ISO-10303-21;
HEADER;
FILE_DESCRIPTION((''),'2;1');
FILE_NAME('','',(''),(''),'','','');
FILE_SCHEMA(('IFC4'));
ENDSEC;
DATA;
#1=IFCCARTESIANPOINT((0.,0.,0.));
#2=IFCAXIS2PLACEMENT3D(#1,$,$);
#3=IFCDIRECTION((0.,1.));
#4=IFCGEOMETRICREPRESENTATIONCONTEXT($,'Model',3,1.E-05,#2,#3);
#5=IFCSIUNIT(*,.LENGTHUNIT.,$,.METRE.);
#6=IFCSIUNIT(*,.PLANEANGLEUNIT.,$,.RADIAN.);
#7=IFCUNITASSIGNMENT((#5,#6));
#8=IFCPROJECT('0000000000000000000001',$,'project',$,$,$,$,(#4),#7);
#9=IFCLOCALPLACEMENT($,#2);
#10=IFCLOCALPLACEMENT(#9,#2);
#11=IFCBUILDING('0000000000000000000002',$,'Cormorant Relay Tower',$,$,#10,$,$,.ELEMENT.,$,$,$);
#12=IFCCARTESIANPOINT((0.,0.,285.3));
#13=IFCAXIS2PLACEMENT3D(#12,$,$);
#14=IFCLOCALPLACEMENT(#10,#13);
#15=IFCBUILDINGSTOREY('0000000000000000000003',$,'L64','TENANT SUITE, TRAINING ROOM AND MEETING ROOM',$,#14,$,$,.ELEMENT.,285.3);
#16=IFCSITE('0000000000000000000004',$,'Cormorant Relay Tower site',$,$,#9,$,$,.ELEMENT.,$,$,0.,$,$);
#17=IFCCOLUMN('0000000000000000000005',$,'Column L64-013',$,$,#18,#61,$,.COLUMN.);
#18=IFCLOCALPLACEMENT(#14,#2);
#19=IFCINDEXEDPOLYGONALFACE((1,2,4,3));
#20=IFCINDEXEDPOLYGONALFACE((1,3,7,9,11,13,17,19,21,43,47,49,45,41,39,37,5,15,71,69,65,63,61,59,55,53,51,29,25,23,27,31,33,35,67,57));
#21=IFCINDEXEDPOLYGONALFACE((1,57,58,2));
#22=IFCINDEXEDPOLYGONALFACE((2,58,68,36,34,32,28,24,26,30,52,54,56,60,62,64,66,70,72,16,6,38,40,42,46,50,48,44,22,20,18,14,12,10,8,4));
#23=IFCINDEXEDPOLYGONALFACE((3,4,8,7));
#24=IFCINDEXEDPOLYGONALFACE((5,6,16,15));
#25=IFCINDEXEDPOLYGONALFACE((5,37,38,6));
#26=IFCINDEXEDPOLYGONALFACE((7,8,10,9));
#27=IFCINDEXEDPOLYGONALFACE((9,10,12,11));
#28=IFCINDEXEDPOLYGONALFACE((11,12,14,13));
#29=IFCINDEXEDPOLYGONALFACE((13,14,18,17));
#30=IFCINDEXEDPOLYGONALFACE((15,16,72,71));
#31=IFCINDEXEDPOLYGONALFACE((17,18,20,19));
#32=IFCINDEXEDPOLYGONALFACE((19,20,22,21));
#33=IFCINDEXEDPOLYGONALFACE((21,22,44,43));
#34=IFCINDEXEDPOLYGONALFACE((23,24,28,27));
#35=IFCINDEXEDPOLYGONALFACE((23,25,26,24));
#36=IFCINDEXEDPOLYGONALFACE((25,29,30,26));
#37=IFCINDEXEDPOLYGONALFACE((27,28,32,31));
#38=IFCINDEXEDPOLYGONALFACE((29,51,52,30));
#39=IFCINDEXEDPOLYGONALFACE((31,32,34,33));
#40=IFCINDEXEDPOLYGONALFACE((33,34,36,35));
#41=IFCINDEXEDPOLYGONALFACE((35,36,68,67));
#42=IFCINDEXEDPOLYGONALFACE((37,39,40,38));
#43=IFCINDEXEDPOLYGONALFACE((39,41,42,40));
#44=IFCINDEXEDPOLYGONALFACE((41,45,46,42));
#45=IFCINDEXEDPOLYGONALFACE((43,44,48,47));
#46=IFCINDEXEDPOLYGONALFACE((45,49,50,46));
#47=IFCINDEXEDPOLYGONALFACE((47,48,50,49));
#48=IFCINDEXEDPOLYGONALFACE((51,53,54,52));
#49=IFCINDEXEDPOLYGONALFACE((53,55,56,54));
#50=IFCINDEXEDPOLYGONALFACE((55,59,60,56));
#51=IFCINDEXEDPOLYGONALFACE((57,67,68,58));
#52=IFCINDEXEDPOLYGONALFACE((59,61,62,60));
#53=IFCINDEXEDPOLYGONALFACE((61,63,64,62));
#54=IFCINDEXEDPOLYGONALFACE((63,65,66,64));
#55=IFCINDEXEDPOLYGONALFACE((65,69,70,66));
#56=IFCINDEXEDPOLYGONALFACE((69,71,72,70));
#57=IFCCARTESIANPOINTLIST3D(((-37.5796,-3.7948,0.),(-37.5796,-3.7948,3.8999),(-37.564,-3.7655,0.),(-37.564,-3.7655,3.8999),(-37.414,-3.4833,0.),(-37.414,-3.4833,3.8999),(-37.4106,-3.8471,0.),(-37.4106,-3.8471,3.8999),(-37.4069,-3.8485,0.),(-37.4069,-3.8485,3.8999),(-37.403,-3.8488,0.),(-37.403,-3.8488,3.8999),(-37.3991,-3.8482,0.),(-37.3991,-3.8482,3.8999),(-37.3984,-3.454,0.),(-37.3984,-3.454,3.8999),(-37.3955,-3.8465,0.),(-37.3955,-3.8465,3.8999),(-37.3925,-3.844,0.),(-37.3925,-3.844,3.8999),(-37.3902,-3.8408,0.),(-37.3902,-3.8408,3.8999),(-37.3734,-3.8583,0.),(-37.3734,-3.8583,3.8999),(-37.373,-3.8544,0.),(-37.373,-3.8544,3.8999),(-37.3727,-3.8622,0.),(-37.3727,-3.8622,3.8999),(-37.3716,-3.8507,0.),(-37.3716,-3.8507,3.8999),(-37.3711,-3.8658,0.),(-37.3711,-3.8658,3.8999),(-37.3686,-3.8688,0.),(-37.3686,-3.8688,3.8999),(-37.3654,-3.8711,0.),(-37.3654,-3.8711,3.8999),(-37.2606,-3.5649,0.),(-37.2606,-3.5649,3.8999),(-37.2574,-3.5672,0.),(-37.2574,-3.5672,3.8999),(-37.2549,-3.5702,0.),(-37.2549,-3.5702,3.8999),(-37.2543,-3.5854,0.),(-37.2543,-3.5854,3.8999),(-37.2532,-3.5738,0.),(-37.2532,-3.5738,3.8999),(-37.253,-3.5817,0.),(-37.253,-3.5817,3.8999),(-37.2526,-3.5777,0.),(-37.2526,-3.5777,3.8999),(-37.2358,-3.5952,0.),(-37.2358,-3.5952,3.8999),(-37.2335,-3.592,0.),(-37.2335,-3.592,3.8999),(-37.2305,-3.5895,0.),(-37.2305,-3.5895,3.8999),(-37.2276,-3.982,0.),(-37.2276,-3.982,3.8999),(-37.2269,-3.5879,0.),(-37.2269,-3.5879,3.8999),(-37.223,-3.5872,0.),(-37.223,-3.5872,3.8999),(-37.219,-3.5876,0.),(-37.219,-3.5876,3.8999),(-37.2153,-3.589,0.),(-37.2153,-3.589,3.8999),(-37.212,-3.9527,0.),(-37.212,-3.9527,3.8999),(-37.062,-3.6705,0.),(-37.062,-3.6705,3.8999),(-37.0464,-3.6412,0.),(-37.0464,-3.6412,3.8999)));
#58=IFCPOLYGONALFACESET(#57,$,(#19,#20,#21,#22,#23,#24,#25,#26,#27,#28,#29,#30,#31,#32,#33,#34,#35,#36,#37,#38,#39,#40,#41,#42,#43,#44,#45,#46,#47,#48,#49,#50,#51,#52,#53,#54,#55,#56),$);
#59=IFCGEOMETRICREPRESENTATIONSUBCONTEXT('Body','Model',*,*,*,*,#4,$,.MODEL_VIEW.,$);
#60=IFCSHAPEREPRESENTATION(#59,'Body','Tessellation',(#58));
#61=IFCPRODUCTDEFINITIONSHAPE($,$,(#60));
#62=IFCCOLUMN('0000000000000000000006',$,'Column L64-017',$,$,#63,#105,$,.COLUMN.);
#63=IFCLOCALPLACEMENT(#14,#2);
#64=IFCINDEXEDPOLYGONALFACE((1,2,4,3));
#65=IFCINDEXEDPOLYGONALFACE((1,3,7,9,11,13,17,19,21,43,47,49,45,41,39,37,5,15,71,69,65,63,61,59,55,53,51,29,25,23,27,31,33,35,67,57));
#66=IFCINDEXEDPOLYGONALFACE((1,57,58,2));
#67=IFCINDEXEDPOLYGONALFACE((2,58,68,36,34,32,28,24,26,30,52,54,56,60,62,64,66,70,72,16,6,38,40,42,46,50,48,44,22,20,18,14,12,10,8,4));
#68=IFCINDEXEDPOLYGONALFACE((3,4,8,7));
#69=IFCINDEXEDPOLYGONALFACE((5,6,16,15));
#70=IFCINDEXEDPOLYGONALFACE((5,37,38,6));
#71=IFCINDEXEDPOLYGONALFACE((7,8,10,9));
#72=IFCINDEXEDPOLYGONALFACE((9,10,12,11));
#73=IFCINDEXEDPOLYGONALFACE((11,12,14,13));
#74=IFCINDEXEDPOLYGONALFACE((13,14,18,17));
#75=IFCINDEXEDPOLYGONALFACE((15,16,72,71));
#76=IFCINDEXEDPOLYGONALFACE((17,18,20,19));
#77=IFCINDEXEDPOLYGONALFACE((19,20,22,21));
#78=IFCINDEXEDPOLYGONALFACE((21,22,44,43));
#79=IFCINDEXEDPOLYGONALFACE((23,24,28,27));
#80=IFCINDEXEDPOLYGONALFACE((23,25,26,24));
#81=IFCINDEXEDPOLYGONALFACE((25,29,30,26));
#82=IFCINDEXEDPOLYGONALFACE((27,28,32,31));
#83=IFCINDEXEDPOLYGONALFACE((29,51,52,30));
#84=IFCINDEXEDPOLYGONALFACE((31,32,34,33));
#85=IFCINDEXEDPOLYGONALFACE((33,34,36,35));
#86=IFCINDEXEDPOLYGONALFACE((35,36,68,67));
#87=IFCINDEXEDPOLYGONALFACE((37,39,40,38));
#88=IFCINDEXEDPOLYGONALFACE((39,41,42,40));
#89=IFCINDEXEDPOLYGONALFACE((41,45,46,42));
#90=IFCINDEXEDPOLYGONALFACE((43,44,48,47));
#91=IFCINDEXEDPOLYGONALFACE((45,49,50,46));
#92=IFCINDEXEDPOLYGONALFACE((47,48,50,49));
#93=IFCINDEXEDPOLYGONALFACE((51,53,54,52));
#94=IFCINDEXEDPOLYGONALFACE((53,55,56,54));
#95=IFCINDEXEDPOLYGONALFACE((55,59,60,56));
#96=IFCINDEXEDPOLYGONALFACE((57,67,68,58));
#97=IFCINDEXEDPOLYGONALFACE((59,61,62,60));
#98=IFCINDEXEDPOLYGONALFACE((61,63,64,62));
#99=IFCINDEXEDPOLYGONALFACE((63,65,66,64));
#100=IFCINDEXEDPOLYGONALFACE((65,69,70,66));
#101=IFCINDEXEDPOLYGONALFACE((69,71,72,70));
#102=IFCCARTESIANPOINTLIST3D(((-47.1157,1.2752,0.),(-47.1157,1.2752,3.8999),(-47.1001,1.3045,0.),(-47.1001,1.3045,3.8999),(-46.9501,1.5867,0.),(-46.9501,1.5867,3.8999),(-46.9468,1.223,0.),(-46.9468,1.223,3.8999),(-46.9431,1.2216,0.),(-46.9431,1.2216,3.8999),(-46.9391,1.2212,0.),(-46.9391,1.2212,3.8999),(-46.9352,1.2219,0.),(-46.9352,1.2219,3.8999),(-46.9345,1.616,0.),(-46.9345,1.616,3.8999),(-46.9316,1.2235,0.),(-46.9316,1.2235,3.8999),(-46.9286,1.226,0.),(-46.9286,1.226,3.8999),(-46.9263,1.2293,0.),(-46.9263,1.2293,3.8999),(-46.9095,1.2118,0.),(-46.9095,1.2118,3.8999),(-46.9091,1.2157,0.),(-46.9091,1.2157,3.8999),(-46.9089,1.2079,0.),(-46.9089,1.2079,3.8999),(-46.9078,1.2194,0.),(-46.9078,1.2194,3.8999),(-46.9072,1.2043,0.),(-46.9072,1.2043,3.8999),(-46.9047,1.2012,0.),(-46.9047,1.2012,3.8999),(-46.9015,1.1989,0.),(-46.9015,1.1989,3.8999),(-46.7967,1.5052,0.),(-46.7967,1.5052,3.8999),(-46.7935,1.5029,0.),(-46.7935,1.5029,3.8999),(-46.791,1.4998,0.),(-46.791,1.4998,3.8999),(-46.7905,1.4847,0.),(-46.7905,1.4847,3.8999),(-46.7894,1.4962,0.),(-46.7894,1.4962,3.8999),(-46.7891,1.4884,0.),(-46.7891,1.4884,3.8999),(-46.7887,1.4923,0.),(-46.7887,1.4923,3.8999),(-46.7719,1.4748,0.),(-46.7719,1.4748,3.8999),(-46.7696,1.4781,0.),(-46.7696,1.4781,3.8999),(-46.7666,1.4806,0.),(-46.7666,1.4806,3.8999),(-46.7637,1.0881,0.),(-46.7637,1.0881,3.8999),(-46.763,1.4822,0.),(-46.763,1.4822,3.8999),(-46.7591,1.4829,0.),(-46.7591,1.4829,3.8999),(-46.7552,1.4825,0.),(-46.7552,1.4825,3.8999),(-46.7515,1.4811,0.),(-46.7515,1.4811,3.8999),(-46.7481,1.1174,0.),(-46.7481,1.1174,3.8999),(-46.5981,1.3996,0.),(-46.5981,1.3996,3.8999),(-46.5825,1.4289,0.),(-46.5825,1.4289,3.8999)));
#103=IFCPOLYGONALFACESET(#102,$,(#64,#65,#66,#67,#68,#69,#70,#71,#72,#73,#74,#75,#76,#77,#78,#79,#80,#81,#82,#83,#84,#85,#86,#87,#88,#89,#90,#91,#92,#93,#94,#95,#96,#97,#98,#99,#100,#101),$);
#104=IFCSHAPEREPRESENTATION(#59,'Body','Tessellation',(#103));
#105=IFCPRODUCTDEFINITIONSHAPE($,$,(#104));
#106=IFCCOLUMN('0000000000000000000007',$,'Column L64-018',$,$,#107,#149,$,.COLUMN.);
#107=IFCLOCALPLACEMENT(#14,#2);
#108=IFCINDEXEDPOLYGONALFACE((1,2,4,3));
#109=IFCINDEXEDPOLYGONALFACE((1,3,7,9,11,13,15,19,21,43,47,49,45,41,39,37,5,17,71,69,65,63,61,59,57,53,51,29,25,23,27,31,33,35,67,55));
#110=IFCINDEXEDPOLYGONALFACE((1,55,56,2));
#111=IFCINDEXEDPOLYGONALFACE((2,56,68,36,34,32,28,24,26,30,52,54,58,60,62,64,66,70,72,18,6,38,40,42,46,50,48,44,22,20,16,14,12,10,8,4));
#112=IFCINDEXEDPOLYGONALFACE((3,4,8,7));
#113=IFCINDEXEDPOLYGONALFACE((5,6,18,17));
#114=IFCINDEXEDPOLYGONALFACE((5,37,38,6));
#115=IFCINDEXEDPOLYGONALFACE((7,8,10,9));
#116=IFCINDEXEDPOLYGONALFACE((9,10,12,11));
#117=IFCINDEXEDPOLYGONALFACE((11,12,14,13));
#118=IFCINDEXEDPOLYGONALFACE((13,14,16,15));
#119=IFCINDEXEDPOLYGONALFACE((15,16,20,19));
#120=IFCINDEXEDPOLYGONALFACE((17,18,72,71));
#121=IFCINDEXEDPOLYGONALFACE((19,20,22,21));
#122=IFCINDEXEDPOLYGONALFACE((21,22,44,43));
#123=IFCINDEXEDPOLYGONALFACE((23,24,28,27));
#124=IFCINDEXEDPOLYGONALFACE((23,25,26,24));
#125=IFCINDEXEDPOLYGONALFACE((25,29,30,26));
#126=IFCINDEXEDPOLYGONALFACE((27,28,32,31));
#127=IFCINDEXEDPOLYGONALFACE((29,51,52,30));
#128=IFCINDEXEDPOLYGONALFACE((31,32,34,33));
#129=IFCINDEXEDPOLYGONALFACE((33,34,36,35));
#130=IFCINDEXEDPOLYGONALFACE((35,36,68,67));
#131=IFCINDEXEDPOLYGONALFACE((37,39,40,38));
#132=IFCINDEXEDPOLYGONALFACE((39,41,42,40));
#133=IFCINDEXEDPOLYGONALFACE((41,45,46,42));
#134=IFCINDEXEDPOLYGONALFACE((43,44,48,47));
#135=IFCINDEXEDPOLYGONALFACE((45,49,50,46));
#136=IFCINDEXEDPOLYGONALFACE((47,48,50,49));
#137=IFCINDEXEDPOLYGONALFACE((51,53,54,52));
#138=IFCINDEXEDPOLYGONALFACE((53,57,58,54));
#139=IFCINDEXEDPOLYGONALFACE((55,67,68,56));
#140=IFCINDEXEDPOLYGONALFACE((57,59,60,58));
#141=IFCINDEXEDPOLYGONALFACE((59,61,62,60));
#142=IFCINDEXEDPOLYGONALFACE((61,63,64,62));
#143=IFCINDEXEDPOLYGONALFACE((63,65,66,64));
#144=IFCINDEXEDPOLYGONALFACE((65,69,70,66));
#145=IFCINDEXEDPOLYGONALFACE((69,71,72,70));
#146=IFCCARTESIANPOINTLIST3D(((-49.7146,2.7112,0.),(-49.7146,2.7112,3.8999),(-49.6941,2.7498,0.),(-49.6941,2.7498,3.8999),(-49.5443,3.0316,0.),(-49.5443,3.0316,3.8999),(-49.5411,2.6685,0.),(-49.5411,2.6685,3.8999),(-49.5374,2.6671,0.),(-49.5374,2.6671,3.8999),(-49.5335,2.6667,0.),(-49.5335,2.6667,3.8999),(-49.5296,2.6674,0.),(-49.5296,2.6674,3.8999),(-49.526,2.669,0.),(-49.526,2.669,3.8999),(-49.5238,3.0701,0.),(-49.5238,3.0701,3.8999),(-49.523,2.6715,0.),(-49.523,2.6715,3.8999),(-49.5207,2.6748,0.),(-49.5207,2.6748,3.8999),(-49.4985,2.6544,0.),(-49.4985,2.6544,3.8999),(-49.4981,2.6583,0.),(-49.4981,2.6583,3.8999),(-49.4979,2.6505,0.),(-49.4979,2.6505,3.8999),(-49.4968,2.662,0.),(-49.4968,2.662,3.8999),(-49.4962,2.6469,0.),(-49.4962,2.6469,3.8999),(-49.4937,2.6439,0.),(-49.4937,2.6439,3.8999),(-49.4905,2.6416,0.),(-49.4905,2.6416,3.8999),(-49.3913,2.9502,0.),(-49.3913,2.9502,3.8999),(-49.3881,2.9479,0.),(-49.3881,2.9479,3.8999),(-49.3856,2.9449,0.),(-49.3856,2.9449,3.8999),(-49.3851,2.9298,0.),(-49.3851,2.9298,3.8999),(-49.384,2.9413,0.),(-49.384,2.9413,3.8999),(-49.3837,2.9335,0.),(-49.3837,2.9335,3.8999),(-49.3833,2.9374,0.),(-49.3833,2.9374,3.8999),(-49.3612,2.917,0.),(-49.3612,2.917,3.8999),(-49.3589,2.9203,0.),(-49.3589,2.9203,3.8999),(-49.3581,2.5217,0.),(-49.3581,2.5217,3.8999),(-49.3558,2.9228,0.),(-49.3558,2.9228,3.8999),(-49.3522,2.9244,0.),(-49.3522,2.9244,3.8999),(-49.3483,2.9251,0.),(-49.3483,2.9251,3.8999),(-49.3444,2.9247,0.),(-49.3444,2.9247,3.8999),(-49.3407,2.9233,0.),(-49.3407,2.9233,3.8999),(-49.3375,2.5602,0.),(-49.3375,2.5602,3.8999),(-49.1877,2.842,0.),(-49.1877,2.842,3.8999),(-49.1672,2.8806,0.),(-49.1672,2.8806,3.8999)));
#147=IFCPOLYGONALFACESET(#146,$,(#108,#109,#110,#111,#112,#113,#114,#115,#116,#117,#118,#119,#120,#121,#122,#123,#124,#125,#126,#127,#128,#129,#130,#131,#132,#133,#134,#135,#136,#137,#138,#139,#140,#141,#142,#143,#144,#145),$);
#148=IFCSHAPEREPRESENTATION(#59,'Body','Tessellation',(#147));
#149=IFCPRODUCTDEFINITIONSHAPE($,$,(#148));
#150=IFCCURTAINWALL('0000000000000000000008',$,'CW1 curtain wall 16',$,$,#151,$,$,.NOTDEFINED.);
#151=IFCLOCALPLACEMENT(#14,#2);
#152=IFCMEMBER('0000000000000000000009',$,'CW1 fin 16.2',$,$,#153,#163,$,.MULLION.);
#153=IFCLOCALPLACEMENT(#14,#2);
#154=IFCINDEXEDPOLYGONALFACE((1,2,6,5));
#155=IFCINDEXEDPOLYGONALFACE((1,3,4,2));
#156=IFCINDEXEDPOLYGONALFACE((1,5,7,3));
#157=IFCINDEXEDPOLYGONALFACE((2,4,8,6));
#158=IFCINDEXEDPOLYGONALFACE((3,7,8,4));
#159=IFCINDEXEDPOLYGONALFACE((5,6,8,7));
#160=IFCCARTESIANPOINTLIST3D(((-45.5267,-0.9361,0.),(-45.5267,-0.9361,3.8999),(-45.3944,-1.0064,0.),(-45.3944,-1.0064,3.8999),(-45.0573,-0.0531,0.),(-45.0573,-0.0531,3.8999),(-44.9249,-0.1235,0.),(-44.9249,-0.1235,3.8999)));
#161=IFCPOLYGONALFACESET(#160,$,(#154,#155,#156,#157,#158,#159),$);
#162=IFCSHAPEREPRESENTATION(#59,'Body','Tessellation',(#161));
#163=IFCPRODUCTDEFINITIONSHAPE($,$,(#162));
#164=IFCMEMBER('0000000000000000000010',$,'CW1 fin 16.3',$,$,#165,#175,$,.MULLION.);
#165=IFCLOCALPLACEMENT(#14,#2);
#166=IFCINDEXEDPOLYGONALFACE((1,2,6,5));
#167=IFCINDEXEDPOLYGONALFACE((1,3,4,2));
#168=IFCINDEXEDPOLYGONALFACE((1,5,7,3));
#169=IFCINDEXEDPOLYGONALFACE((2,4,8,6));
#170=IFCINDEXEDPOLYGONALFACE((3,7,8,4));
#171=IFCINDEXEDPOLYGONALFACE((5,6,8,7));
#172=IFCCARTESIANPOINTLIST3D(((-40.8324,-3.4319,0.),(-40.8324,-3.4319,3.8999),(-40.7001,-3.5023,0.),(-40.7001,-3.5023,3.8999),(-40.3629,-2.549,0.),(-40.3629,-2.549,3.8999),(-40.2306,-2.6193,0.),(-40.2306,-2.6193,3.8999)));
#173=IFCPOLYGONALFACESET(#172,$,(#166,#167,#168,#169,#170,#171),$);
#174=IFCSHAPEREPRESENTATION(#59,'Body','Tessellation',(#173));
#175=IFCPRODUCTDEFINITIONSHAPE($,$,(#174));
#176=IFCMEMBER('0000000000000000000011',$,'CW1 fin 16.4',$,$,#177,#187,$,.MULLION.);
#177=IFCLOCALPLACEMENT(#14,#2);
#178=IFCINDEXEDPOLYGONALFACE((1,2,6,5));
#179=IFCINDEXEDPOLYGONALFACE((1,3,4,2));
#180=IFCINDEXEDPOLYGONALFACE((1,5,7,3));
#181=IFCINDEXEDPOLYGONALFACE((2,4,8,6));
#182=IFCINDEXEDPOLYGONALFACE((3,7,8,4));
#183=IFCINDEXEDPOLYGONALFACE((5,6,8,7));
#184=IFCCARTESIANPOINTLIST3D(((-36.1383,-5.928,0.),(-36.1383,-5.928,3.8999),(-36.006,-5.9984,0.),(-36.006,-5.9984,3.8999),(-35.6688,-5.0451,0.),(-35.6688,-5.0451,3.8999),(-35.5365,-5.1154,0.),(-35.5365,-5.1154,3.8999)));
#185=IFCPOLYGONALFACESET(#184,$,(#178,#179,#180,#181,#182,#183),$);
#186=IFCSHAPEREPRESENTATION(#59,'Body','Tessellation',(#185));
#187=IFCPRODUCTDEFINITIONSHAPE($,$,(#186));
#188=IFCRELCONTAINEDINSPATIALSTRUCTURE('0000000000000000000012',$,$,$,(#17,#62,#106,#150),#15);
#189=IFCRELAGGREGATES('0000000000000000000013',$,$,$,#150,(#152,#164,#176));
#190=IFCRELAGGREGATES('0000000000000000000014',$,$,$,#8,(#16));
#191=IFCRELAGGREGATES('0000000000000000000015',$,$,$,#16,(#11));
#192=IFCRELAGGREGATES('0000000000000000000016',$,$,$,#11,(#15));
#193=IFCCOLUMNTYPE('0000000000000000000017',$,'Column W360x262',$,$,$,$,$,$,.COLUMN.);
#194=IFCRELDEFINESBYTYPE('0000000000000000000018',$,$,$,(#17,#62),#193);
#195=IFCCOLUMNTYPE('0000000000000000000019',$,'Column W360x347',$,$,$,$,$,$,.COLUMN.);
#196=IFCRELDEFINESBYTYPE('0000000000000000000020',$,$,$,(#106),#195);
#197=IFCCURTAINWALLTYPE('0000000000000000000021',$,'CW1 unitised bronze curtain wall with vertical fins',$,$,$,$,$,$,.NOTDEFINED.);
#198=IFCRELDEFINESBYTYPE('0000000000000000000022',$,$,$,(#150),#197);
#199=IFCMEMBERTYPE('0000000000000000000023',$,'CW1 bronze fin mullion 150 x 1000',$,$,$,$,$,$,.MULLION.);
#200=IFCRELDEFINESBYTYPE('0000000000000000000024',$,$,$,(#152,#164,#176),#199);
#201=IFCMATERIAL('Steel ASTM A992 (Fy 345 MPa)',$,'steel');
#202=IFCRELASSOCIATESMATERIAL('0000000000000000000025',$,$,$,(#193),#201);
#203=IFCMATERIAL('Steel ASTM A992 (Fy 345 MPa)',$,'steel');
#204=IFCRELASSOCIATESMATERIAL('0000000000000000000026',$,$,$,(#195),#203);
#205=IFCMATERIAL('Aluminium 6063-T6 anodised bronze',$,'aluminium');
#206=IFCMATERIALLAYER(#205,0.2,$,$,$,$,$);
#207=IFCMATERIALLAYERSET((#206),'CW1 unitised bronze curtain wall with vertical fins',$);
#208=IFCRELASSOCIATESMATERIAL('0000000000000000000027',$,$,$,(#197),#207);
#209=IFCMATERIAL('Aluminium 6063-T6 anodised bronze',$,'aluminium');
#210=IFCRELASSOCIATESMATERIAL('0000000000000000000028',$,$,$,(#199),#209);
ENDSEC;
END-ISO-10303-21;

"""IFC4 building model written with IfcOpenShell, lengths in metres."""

from ifc_helpers import new_model, si_unit, direction, frame, origin, origin_2d, place, context, subcontext, project, spatial, rectangle, i_section, extrude, material, layer, layer_set, material_profile, profile_set, type_object, element, aggregate, save


model = new_model("IFC4")

# Units and contexts
model_context = context("Model", 3, precision=1e-05, world=origin(), true_north=direction((0.0, 1.0)))
body_context = subcontext(model_context, "Body", "Model", "MODEL_VIEW")
ifc_project = project(units=[si_unit("LENGTHUNIT", "METRE"), si_unit("PLANEANGLEUNIT", "RADIAN")], contexts=[model_context])

# Site, building, storey
site_placement = place(None, origin())
site = spatial("IfcSite", under=ifc_project, at=site_placement, Name="Cormorant Relay Tower site", CompositionType="ELEMENT", RefElevation=0.0)
building_placement = place(site_placement, origin())
building = spatial("IfcBuilding", under=site, at=building_placement, Name="Cormorant Relay Tower", CompositionType="ELEMENT")
storey_placement = place(building_placement, frame((0.0, 0.0, 285.3)))
storey = spatial("IfcBuildingStorey", under=building, at=storey_placement, Name="L64", Description="TENANT SUITE, TRAINING ROOM AND MEETING ROOM", CompositionType="ELEMENT", Elevation=285.3)

# Columns
ifc_material_1 = material(Name="Steel ASTM A992 (Fy 345 MPa)", Category="steel")
ifc_material_profile_1 = material_profile(ifc_material_1, i_section(OverallWidth=0.3987, OverallDepth=0.386, WebThickness=0.021, FlangeThickness=0.0332, FilletRadius=0.0151, at=origin_2d()), Name="W360x262")
ifc_profile_set_1 = profile_set([ifc_material_profile_1], Name="Steel ASTM A992 (Fy 345 MPa)")
column_type_1 = type_object("IfcColumnType", Name="Column W360x262", PredefinedType="COLUMN", material=ifc_profile_set_1)
for number, where, z_axis, x_axis, name in (
    (1, (-37.313, -3.718, 0.0), (0.0, 0.0, 1.0), (0.882948, -0.469472, 0.0), "Column L64-013"),
    (2, (-46.8491, 1.3521, 0.0), (0.0, 0.0, 1.0), (0.882948, -0.469472, 0.0), "Column L64-017"),
):
    element("IfcColumn", number, at=place(storey_placement, frame(where, z_axis=z_axis, x_axis=x_axis)), inside=storey, type_object=column_type_1, Name=name, PredefinedType="COLUMN", context=body_context, shape_type="SweptSolid", body=[
        extrude(i_section(OverallWidth=0.3987, OverallDepth=0.386, WebThickness=0.021, FlangeThickness=0.0332, FilletRadius=0.0151, at=origin_2d()), origin(), (0.0, 0.0, 1.0), 3.8999),
    ])
ifc_material_2 = material(Name="Steel ASTM A992 (Fy 345 MPa)", Category="steel")
ifc_material_profile_2 = material_profile(ifc_material_2, i_section(OverallWidth=0.4038, OverallDepth=0.4065, WebThickness=0.0271, FlangeThickness=0.0437, FilletRadius=0.0151, at=origin_2d()), Name="W360x347")
ifc_profile_set_2 = profile_set([ifc_material_profile_2], Name="Steel ASTM A992 (Fy 345 MPa)")
column_type_2 = type_object("IfcColumnType", Name="Column W360x347", PredefinedType="COLUMN", material=ifc_profile_set_2)
column_placement = place(storey_placement, frame((-49.4409, 2.7959, 0.0), z_axis=(0.0, 0.0, 1.0), x_axis=(0.882948, -0.469472, 0.0)))
element("IfcColumn", 3, at=column_placement, inside=storey, type_object=column_type_2, Name="Column L64-018", PredefinedType="COLUMN", context=body_context, shape_type="SweptSolid", body=[
    extrude(i_section(OverallWidth=0.4038, OverallDepth=0.4065, WebThickness=0.0271, FlangeThickness=0.0437, FilletRadius=0.0151, at=origin_2d()), origin(), (0.0, 0.0, 1.0), 3.8999),
])

# Curtain wall, members
ifc_material_3 = material(Name="Aluminium 6063-T6 anodised bronze", Category="aluminium")
ifc_layer_1 = layer(ifc_material_3, 0.2)
ifc_layer_set_1 = layer_set([ifc_layer_1], Name="CW1 unitised bronze curtain wall with vertical fins")
curtain_wall_type = type_object("IfcCurtainWallType", Name="CW1 unitised bronze curtain wall with vertical fins", PredefinedType="NOTDEFINED", material=ifc_layer_set_1)
curtain_wall_placement = place(storey_placement, origin())
curtain_wall = element("IfcCurtainWall", 4, at=curtain_wall_placement, inside=storey, type_object=curtain_wall_type, Name="CW1 curtain wall 16", PredefinedType="NOTDEFINED")
ifc_material_4 = material(Name="Aluminium 6063-T6 anodised bronze", Category="aluminium")
ifc_material_profile_3 = material_profile(ifc_material_4, rectangle(XDim=0.1499, YDim=1.0, at=origin_2d()), Name="AL 150x1000")
ifc_profile_set_3 = profile_set([ifc_material_profile_3], Name="Aluminium 6063-T6 anodised bronze")
member_type = type_object("IfcMemberType", Name="CW1 bronze fin mullion 150 x 1000", PredefinedType="MULLION", material=ifc_profile_set_3)
member_1_placement = place(storey_placement, frame((-45.2258, -0.5298, 0.0), z_axis=(0.0, 0.0, 1.0), x_axis=(0.882948, -0.469472, 0.0)))
member_1 = element("IfcMember", 5, at=member_1_placement, type_object=member_type, Name="CW1 fin 16.2", PredefinedType="MULLION", context=body_context, shape_type="SweptSolid", body=[
    extrude(rectangle(XDim=0.1499, YDim=1.0, at=origin_2d()), origin(), (0.0, 0.0, 1.0), 3.8999),
])
member_2_placement = place(storey_placement, frame((-40.5315, -3.0256, 0.0), z_axis=(0.0, 0.0, 1.0), x_axis=(0.882948, -0.469472, 0.0)))
member_2 = element("IfcMember", 6, at=member_2_placement, type_object=member_type, Name="CW1 fin 16.3", PredefinedType="MULLION", context=body_context, shape_type="SweptSolid", body=[
    extrude(rectangle(XDim=0.1499, YDim=1.0, at=origin_2d()), origin(), (0.0, 0.0, 1.0), 3.8999),
])
member_3_placement = place(storey_placement, frame((-35.8374, -5.5217, 0.0), z_axis=(0.0, 0.0, 1.0), x_axis=(0.882948, -0.469472, 0.0)))
member_3 = element("IfcMember", 7, at=member_3_placement, type_object=member_type, Name="CW1 fin 16.4", PredefinedType="MULLION", context=body_context, shape_type="SweptSolid", body=[
    extrude(rectangle(XDim=0.1499, YDim=1.0, at=origin_2d()), origin(), (0.0, 0.0, 1.0), 3.8999),
])

aggregate(curtain_wall, [member_1, member_2, member_3])

save(model, "model.ifc")
